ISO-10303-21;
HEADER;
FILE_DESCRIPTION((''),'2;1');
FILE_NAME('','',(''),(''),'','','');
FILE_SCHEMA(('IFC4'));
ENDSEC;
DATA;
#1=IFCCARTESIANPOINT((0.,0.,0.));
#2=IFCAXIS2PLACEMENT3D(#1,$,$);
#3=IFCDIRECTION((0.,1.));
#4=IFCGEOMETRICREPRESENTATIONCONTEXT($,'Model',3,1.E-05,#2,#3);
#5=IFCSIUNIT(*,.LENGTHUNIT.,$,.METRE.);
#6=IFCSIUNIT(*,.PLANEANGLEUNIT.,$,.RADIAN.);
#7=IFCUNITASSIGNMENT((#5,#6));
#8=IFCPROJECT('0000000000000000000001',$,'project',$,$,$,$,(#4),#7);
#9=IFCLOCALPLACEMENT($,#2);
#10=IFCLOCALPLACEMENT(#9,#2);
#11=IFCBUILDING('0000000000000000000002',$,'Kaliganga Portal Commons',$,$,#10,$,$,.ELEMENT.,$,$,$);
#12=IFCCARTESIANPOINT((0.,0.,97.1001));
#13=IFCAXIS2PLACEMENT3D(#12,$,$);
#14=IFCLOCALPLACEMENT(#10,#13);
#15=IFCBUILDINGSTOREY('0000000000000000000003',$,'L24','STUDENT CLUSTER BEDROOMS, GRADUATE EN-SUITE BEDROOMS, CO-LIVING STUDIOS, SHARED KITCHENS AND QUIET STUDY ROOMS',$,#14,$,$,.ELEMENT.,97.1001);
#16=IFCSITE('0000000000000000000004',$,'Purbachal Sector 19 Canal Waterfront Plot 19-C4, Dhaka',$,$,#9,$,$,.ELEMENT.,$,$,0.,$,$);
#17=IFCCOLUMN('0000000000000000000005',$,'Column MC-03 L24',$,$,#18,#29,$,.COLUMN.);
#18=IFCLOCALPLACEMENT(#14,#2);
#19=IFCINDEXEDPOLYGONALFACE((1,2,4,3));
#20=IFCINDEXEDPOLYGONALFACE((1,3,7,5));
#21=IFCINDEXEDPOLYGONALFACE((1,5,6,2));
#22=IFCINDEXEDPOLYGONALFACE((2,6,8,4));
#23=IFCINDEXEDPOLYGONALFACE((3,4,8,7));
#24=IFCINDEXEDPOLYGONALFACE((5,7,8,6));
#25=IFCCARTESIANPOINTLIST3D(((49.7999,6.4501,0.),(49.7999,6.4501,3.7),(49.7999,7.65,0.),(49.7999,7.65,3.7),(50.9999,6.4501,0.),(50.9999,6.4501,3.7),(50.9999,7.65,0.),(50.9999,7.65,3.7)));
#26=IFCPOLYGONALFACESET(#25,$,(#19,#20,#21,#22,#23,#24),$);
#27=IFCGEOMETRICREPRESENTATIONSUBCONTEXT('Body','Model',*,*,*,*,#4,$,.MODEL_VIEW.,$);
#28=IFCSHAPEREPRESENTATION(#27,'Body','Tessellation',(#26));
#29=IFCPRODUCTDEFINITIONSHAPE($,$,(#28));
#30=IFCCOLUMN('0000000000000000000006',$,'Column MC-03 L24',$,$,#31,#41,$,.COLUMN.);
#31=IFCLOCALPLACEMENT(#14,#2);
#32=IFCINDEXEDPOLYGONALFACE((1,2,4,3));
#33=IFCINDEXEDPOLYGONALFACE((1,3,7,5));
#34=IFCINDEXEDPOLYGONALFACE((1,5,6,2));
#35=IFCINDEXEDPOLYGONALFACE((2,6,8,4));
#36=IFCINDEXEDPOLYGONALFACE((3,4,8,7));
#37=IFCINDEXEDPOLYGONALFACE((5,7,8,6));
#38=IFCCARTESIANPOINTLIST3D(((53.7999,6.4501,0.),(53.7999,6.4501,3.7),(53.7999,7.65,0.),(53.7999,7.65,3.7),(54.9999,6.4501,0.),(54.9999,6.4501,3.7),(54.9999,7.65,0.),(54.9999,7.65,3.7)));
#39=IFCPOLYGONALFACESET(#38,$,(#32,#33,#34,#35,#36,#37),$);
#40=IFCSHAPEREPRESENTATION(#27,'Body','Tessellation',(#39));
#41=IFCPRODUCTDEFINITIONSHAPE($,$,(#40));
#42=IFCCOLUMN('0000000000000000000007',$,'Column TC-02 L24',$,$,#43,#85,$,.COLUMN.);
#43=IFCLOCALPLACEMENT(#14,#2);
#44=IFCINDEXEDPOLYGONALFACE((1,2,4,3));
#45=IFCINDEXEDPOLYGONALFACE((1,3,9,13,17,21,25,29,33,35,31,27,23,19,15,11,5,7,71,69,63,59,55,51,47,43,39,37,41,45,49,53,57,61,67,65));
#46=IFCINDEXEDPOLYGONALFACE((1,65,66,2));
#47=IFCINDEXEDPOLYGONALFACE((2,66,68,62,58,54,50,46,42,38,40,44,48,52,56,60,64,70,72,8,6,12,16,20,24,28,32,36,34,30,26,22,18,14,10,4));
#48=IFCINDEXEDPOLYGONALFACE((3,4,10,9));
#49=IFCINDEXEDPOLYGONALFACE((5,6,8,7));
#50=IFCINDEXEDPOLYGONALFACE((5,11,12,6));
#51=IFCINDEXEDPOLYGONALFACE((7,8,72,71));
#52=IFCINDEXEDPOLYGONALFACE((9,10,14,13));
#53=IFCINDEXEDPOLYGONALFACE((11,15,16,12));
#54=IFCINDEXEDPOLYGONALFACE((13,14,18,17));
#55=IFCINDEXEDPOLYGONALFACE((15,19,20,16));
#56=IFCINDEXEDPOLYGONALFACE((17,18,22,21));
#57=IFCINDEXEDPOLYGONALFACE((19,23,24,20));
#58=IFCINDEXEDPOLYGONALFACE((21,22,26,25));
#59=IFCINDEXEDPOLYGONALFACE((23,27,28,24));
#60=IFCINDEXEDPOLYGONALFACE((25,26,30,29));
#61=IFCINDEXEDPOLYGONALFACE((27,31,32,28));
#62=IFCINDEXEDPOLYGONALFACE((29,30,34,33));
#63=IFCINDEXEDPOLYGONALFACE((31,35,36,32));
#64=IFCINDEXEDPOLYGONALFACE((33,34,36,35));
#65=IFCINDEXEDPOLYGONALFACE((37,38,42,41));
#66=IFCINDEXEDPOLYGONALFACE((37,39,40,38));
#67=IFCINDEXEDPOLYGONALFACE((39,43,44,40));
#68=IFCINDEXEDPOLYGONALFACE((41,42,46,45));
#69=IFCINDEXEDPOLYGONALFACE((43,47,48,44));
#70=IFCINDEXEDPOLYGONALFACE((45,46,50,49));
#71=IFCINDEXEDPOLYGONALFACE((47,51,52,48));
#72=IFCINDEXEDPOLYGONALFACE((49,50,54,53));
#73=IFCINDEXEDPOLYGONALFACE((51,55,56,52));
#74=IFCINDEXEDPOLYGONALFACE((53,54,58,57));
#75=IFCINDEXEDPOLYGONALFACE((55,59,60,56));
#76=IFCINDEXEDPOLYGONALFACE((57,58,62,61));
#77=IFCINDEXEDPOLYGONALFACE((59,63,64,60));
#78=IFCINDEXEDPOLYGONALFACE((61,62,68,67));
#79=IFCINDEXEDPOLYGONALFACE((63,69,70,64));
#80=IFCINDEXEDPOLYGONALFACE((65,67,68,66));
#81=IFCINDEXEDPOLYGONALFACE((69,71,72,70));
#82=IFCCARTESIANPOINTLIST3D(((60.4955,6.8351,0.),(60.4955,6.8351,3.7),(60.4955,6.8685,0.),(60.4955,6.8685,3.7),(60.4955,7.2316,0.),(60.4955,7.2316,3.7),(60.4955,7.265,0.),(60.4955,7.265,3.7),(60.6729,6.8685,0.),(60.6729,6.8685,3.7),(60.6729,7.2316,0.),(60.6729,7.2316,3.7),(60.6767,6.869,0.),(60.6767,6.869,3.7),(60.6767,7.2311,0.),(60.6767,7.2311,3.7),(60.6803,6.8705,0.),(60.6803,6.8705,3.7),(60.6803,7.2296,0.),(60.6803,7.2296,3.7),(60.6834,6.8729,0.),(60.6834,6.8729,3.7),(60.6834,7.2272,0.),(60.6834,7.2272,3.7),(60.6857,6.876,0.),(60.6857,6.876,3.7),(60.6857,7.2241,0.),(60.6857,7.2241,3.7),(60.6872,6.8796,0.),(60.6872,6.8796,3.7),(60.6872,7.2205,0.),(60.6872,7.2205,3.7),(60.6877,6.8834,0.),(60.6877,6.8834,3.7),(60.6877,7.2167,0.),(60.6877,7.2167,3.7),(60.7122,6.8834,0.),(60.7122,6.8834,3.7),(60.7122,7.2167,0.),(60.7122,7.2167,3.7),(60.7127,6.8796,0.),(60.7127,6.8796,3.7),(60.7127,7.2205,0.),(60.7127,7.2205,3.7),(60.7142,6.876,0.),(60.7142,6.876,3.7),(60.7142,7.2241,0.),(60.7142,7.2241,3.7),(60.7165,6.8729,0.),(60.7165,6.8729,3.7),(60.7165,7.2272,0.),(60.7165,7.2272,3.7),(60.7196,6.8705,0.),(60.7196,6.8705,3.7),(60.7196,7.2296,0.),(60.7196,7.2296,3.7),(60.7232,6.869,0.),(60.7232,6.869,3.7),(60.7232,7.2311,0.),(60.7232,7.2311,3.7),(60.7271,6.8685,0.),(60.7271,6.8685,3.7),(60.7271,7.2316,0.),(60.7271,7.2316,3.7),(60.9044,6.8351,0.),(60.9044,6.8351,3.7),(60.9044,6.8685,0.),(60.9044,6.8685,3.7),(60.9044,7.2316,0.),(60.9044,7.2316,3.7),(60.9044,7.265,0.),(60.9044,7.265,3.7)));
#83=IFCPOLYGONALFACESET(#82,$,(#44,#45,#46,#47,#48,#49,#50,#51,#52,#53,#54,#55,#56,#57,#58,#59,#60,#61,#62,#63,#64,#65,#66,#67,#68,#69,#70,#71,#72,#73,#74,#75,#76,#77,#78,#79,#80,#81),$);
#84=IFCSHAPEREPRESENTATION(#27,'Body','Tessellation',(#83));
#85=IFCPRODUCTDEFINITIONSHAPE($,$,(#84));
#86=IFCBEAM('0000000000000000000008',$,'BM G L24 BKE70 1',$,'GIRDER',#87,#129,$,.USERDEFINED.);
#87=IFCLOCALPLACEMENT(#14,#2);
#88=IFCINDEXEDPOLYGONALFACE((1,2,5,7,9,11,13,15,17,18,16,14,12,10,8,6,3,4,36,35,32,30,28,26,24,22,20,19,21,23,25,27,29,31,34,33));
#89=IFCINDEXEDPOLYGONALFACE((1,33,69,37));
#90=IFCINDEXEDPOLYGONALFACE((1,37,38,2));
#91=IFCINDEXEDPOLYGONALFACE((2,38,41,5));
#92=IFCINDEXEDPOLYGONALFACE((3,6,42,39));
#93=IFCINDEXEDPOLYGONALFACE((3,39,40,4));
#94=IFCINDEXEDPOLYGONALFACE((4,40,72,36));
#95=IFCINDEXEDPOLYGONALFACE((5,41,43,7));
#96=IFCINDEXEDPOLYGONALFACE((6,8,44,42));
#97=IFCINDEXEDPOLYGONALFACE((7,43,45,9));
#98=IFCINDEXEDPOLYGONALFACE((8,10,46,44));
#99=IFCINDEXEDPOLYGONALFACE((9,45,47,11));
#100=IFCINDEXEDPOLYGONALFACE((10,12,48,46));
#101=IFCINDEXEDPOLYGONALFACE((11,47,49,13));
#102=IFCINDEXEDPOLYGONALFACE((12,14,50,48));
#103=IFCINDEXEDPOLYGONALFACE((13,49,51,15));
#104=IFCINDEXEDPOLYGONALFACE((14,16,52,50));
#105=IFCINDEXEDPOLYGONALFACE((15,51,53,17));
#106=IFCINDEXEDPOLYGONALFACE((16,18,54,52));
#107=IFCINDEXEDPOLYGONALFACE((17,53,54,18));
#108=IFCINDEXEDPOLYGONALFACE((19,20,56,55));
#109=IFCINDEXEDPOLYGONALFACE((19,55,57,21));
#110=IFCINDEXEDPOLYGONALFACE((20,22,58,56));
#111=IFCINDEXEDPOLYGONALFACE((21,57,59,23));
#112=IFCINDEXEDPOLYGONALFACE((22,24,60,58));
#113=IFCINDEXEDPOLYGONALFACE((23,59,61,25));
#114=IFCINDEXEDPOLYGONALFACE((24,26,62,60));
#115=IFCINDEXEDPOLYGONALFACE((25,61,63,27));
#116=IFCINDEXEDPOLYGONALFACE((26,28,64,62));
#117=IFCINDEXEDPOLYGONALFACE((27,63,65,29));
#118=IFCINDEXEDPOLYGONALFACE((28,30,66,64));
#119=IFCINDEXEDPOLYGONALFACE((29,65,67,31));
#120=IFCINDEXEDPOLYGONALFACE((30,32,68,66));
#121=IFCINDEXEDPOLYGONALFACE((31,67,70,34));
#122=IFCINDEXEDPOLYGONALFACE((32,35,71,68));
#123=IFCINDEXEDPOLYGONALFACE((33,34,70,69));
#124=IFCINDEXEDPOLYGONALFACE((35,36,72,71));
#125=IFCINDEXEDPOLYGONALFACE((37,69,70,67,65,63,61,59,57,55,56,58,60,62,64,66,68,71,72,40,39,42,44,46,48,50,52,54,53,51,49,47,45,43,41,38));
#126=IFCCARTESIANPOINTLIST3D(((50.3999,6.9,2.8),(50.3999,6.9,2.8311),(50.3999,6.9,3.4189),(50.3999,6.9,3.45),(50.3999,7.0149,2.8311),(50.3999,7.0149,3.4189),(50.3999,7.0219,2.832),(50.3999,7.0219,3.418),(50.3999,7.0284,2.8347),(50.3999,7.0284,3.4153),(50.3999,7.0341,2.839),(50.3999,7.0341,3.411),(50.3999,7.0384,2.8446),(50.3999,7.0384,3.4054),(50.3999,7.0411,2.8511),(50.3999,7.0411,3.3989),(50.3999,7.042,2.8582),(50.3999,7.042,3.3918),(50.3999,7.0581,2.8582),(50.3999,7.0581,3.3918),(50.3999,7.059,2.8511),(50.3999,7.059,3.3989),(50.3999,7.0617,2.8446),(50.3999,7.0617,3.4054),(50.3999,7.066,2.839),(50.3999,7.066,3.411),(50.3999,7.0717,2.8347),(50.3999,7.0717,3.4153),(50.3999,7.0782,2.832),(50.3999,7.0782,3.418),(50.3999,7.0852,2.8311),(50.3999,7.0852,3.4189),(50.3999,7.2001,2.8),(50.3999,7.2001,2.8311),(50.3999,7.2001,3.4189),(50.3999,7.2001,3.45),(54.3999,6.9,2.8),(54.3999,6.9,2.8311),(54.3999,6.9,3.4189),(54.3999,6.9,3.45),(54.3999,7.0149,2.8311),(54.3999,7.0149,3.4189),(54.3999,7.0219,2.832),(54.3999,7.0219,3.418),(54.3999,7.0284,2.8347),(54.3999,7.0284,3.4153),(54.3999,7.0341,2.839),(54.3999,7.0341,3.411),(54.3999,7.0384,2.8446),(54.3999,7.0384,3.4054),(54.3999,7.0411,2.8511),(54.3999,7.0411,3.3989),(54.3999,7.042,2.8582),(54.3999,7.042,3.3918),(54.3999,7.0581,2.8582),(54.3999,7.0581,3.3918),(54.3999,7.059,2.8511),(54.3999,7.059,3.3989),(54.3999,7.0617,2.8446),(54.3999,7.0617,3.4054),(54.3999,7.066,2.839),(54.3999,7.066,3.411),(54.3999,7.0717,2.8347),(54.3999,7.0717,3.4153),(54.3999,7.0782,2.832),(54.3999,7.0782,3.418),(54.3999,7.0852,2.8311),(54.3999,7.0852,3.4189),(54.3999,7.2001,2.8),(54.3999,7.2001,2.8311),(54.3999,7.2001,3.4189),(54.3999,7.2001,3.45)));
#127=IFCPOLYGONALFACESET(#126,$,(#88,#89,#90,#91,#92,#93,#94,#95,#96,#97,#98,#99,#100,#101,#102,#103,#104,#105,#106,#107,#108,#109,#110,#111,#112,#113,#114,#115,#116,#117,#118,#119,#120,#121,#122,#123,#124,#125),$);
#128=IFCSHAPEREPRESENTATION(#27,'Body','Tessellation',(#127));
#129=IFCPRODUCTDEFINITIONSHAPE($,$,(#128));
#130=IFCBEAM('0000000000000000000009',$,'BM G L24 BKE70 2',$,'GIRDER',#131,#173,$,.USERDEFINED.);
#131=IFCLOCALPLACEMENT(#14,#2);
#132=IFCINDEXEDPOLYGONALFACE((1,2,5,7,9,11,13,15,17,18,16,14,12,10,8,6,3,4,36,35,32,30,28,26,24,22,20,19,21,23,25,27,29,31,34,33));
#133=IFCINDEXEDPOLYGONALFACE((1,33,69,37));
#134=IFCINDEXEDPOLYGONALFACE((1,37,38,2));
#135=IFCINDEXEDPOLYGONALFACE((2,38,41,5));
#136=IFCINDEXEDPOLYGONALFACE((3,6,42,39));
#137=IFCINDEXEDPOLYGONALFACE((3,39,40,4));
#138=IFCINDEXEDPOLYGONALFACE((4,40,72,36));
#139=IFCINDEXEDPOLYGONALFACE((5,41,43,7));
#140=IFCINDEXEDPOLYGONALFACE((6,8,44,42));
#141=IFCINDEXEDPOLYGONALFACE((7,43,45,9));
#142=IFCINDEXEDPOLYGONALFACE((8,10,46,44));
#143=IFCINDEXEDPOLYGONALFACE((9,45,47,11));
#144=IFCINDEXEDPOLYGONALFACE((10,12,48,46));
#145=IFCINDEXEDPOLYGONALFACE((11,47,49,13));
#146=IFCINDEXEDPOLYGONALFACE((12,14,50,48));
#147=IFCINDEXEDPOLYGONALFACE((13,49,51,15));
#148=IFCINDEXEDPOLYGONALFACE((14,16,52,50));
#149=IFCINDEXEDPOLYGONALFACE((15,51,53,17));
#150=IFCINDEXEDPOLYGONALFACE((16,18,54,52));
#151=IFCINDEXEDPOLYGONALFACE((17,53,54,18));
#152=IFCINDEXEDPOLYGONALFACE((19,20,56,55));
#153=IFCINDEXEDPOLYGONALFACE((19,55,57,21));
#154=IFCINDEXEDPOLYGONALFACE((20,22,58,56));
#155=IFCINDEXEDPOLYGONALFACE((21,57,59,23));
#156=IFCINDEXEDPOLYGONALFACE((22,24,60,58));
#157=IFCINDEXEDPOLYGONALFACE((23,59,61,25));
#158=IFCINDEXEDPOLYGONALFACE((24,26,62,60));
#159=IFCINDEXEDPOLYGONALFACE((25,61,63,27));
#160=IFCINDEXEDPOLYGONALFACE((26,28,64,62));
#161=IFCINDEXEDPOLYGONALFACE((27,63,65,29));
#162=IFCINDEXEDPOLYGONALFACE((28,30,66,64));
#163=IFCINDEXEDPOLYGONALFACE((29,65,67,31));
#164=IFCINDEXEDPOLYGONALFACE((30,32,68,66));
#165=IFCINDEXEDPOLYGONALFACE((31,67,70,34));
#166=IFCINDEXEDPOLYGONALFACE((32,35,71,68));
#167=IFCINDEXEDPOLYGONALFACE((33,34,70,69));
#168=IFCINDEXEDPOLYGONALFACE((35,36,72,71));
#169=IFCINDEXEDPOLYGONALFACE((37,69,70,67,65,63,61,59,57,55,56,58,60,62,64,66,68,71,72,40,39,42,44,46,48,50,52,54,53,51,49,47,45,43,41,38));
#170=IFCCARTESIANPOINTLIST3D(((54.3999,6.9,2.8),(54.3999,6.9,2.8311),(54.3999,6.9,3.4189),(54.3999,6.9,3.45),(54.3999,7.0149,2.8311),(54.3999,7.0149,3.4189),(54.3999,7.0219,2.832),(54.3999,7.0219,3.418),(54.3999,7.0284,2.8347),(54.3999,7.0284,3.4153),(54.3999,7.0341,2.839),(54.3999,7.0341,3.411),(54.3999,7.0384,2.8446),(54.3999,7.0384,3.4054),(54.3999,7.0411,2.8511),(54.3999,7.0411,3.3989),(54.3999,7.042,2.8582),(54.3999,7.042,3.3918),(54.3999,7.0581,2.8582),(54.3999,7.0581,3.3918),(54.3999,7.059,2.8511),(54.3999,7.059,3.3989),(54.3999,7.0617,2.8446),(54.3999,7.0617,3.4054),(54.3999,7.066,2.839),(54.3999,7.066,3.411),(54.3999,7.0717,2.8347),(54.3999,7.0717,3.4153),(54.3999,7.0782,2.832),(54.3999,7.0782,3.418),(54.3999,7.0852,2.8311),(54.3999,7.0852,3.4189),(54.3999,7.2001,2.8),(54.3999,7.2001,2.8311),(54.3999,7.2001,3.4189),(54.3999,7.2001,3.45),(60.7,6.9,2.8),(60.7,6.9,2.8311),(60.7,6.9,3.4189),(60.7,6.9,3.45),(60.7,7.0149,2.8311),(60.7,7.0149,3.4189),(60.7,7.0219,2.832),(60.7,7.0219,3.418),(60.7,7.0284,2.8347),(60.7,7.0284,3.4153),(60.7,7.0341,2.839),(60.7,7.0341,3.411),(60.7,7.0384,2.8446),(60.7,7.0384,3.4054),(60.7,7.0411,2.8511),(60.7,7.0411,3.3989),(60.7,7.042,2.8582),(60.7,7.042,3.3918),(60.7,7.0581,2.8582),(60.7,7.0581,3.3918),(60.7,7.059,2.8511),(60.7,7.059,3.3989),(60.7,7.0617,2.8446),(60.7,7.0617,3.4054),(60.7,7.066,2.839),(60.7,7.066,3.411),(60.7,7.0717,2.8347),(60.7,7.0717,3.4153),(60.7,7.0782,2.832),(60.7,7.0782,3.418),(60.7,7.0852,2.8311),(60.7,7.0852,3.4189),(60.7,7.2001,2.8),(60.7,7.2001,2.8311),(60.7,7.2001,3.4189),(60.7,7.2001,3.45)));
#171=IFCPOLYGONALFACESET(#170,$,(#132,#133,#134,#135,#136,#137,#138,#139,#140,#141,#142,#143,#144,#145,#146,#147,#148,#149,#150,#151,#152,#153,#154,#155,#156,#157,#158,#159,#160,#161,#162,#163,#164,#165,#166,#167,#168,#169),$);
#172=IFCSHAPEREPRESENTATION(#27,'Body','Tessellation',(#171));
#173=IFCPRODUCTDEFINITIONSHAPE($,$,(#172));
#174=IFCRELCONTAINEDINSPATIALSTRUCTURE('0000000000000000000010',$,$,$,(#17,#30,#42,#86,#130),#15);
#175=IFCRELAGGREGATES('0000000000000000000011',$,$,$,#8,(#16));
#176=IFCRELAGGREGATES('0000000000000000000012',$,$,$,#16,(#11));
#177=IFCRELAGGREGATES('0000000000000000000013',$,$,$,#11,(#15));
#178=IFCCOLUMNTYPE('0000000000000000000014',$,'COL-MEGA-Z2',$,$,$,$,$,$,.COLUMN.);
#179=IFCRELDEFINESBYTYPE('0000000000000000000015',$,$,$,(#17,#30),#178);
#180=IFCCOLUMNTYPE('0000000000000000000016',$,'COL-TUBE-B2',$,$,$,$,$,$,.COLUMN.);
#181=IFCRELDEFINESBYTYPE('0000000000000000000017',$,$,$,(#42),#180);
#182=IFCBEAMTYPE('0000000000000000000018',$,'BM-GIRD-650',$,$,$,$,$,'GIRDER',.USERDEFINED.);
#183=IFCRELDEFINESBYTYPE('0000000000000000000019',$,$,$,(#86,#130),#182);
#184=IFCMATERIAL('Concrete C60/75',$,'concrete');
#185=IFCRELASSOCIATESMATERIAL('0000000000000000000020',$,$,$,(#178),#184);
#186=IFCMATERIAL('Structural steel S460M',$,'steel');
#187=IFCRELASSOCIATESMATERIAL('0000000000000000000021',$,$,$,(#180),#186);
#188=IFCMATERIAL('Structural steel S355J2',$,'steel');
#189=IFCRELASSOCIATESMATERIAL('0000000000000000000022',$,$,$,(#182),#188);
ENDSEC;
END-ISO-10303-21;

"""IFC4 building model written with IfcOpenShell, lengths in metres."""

from ifc_helpers import new_model, si_unit, direction, frame, origin, origin_2d, place, context, subcontext, project, spatial, rectangle, i_section, extrude, source, transform, mapped, material, material_profile, profile_set, type_object, element, save


model = new_model("IFC4")

# Units and contexts
model_context = context("Model", 3, precision=1e-05, world=origin(), true_north=direction((0.0, 1.0)))
body_context = subcontext(model_context, "Body", "Model", "MODEL_VIEW")
ifc_project = project(units=[si_unit("LENGTHUNIT", "METRE"), si_unit("PLANEANGLEUNIT", "RADIAN")], contexts=[model_context])

# Site, building, storey
site_placement = place(None, origin())
site = spatial("IfcSite", under=ifc_project, at=site_placement, Name="Purbachal Sector 19 Canal Waterfront Plot 19-C4, Dhaka", CompositionType="ELEMENT", RefElevation=0.0)
building_placement = place(site_placement, origin())
building = spatial("IfcBuilding", under=site, at=building_placement, Name="Kaliganga Portal Commons", CompositionType="ELEMENT")
storey_placement = place(building_placement, frame((0.0, 0.0, 97.1001)))
storey = spatial("IfcBuildingStorey", under=building, at=storey_placement, Name="L24", Description="STUDENT CLUSTER BEDROOMS, GRADUATE EN-SUITE BEDROOMS, CO-LIVING STUDIOS, SHARED KITCHENS AND QUIET STUDY ROOMS", CompositionType="ELEMENT", Elevation=97.1001)

# Columns
ifc_material_1 = material(Name="Concrete C60/75", Category="concrete")
ifc_material_profile_1 = material_profile(ifc_material_1, rectangle(XDim=1.2, YDim=1.2, at=origin_2d()), Name="RC 1200x1200")
ifc_profile_set_1 = profile_set([ifc_material_profile_1], Name="Concrete C60/75")
column_type_1 = type_object("IfcColumnType", Name="COL-MEGA-Z2", PredefinedType="COLUMN", material=ifc_profile_set_1)
shared_shape_1 = source(origin(), body_context, "Body", "SweptSolid", [
    extrude(rectangle(XDim=1.2, YDim=1.2, at=origin_2d()), origin(), (0.0, 0.0, 1.0), 3.7),
])
for number, where, z_axis, x_axis, name in (
    (1, (50.3999, 7.05, 0.0), (0.0, 0.0, 1.0), (1.0, 0.0, 0.0), "Column MC-03 L24"),
    (2, (54.3999, 7.05, 0.0), (0.0, 0.0, 1.0), (1.0, 0.0, 0.0), "Column MC-03 L24"),
):
    element("IfcColumn", number, at=place(storey_placement, frame(where, z_axis=z_axis, x_axis=x_axis)), inside=storey, type_object=column_type_1, Name=name, PredefinedType="COLUMN", context=body_context, shape_type="MappedRepresentation", body=[
        mapped(shared_shape_1, transform((0.0, 0.0, 0.0), x_axis=(1.0, 0.0, 0.0), y_axis=(0.0, 1.0, 0.0), z_axis=(0.0, 0.0, 1.0), scale=1.0)),
    ])
ifc_material_2 = material(Name="Structural steel S460M", Category="steel")
ifc_material_profile_2 = material_profile(ifc_material_2, i_section(OverallWidth=0.4089, OverallDepth=0.4299, WebThickness=0.0244, FlangeThickness=0.0334, FilletRadius=0.0149, at=origin_2d()), Name="HD 400x421")
ifc_profile_set_2 = profile_set([ifc_material_profile_2], Name="Structural steel S460M wide-flange")
column_type_2 = type_object("IfcColumnType", Name="COL-TUBE-B2", PredefinedType="COLUMN", material=ifc_profile_set_2)
shared_shape_2 = source(origin(), body_context, "Body", "SweptSolid", [
    extrude(i_section(OverallWidth=0.4089, OverallDepth=0.4299, WebThickness=0.0244, FlangeThickness=0.0334, FilletRadius=0.0149, at=origin_2d()), origin(), (0.0, 0.0, 1.0), 3.7),
])
column_placement = place(storey_placement, frame((60.7, 7.05, 0.0), z_axis=(0.0, 0.0, 1.0), x_axis=(1.0, 0.0, 0.0)))
element("IfcColumn", 3, at=column_placement, inside=storey, type_object=column_type_2, Name="Column TC-02 L24", PredefinedType="COLUMN", context=body_context, shape_type="MappedRepresentation", body=[
    mapped(shared_shape_2, transform((0.0, 0.0, 0.0), x_axis=(1.0, 0.0, 0.0), y_axis=(0.0, 1.0, 0.0), z_axis=(0.0, 0.0, 1.0), scale=1.0)),
])

# Beams
ifc_material_3 = material(Name="Structural steel S355J2", Category="steel")
ifc_material_profile_3 = material_profile(ifc_material_3, i_section(OverallWidth=0.3, OverallDepth=0.6499, WebThickness=0.0161, FlangeThickness=0.031, FilletRadius=0.0271, at=origin_2d()), Name="HE 650 B")
ifc_profile_set_3 = profile_set([ifc_material_profile_3], Name="Structural steel S355J2 wide-flange")
beam_type_1 = type_object("IfcBeamType", Name="BM-GIRD-650", ElementType="GIRDER", PredefinedType="USERDEFINED", material=ifc_profile_set_3)
shared_shape_3 = source(origin(), body_context, "Body", "SweptSolid", [
    extrude(i_section(OverallWidth=0.3, OverallDepth=0.6499, WebThickness=0.0161, FlangeThickness=0.031, FilletRadius=0.0271, at=origin_2d()), origin(), (0.0, 0.0, 1.0), 4.0),
])
beam_1_placement = place(storey_placement, frame((50.3999, 7.05, 3.125), z_axis=(1.0, 0.0, 0.0), x_axis=(0.0, 1.0, 0.0)))
element("IfcBeam", 4, at=beam_1_placement, inside=storey, type_object=beam_type_1, Name="BM G L24 BKE70 1", ObjectType="GIRDER", PredefinedType="USERDEFINED", context=body_context, shape_type="MappedRepresentation", body=[
    mapped(shared_shape_3, transform((0.0, 0.0, 0.0), x_axis=(1.0, 0.0, 0.0), y_axis=(0.0, 1.0, 0.0), z_axis=(0.0, 0.0, 1.0), scale=1.0)),
])
shared_shape_4 = source(origin(), body_context, "Body", "SweptSolid", [
    extrude(i_section(OverallWidth=0.3, OverallDepth=0.6499, WebThickness=0.0161, FlangeThickness=0.031, FilletRadius=0.0271, at=origin_2d()), origin(), (0.0, 0.0, 1.0), 6.3),
])
beam_2_placement = place(storey_placement, frame((54.3999, 7.05, 3.125), z_axis=(1.0, 0.0, 0.0), x_axis=(0.0, 1.0, 0.0)))
element("IfcBeam", 5, at=beam_2_placement, inside=storey, type_object=beam_type_1, Name="BM G L24 BKE70 2", ObjectType="GIRDER", PredefinedType="USERDEFINED", context=body_context, shape_type="MappedRepresentation", body=[
    mapped(shared_shape_4, transform((0.0, 0.0, 0.0), x_axis=(1.0, 0.0, 0.0), y_axis=(0.0, 1.0, 0.0), z_axis=(0.0, 0.0, 1.0), scale=1.0)),
])

save(model, "model.ifc")
